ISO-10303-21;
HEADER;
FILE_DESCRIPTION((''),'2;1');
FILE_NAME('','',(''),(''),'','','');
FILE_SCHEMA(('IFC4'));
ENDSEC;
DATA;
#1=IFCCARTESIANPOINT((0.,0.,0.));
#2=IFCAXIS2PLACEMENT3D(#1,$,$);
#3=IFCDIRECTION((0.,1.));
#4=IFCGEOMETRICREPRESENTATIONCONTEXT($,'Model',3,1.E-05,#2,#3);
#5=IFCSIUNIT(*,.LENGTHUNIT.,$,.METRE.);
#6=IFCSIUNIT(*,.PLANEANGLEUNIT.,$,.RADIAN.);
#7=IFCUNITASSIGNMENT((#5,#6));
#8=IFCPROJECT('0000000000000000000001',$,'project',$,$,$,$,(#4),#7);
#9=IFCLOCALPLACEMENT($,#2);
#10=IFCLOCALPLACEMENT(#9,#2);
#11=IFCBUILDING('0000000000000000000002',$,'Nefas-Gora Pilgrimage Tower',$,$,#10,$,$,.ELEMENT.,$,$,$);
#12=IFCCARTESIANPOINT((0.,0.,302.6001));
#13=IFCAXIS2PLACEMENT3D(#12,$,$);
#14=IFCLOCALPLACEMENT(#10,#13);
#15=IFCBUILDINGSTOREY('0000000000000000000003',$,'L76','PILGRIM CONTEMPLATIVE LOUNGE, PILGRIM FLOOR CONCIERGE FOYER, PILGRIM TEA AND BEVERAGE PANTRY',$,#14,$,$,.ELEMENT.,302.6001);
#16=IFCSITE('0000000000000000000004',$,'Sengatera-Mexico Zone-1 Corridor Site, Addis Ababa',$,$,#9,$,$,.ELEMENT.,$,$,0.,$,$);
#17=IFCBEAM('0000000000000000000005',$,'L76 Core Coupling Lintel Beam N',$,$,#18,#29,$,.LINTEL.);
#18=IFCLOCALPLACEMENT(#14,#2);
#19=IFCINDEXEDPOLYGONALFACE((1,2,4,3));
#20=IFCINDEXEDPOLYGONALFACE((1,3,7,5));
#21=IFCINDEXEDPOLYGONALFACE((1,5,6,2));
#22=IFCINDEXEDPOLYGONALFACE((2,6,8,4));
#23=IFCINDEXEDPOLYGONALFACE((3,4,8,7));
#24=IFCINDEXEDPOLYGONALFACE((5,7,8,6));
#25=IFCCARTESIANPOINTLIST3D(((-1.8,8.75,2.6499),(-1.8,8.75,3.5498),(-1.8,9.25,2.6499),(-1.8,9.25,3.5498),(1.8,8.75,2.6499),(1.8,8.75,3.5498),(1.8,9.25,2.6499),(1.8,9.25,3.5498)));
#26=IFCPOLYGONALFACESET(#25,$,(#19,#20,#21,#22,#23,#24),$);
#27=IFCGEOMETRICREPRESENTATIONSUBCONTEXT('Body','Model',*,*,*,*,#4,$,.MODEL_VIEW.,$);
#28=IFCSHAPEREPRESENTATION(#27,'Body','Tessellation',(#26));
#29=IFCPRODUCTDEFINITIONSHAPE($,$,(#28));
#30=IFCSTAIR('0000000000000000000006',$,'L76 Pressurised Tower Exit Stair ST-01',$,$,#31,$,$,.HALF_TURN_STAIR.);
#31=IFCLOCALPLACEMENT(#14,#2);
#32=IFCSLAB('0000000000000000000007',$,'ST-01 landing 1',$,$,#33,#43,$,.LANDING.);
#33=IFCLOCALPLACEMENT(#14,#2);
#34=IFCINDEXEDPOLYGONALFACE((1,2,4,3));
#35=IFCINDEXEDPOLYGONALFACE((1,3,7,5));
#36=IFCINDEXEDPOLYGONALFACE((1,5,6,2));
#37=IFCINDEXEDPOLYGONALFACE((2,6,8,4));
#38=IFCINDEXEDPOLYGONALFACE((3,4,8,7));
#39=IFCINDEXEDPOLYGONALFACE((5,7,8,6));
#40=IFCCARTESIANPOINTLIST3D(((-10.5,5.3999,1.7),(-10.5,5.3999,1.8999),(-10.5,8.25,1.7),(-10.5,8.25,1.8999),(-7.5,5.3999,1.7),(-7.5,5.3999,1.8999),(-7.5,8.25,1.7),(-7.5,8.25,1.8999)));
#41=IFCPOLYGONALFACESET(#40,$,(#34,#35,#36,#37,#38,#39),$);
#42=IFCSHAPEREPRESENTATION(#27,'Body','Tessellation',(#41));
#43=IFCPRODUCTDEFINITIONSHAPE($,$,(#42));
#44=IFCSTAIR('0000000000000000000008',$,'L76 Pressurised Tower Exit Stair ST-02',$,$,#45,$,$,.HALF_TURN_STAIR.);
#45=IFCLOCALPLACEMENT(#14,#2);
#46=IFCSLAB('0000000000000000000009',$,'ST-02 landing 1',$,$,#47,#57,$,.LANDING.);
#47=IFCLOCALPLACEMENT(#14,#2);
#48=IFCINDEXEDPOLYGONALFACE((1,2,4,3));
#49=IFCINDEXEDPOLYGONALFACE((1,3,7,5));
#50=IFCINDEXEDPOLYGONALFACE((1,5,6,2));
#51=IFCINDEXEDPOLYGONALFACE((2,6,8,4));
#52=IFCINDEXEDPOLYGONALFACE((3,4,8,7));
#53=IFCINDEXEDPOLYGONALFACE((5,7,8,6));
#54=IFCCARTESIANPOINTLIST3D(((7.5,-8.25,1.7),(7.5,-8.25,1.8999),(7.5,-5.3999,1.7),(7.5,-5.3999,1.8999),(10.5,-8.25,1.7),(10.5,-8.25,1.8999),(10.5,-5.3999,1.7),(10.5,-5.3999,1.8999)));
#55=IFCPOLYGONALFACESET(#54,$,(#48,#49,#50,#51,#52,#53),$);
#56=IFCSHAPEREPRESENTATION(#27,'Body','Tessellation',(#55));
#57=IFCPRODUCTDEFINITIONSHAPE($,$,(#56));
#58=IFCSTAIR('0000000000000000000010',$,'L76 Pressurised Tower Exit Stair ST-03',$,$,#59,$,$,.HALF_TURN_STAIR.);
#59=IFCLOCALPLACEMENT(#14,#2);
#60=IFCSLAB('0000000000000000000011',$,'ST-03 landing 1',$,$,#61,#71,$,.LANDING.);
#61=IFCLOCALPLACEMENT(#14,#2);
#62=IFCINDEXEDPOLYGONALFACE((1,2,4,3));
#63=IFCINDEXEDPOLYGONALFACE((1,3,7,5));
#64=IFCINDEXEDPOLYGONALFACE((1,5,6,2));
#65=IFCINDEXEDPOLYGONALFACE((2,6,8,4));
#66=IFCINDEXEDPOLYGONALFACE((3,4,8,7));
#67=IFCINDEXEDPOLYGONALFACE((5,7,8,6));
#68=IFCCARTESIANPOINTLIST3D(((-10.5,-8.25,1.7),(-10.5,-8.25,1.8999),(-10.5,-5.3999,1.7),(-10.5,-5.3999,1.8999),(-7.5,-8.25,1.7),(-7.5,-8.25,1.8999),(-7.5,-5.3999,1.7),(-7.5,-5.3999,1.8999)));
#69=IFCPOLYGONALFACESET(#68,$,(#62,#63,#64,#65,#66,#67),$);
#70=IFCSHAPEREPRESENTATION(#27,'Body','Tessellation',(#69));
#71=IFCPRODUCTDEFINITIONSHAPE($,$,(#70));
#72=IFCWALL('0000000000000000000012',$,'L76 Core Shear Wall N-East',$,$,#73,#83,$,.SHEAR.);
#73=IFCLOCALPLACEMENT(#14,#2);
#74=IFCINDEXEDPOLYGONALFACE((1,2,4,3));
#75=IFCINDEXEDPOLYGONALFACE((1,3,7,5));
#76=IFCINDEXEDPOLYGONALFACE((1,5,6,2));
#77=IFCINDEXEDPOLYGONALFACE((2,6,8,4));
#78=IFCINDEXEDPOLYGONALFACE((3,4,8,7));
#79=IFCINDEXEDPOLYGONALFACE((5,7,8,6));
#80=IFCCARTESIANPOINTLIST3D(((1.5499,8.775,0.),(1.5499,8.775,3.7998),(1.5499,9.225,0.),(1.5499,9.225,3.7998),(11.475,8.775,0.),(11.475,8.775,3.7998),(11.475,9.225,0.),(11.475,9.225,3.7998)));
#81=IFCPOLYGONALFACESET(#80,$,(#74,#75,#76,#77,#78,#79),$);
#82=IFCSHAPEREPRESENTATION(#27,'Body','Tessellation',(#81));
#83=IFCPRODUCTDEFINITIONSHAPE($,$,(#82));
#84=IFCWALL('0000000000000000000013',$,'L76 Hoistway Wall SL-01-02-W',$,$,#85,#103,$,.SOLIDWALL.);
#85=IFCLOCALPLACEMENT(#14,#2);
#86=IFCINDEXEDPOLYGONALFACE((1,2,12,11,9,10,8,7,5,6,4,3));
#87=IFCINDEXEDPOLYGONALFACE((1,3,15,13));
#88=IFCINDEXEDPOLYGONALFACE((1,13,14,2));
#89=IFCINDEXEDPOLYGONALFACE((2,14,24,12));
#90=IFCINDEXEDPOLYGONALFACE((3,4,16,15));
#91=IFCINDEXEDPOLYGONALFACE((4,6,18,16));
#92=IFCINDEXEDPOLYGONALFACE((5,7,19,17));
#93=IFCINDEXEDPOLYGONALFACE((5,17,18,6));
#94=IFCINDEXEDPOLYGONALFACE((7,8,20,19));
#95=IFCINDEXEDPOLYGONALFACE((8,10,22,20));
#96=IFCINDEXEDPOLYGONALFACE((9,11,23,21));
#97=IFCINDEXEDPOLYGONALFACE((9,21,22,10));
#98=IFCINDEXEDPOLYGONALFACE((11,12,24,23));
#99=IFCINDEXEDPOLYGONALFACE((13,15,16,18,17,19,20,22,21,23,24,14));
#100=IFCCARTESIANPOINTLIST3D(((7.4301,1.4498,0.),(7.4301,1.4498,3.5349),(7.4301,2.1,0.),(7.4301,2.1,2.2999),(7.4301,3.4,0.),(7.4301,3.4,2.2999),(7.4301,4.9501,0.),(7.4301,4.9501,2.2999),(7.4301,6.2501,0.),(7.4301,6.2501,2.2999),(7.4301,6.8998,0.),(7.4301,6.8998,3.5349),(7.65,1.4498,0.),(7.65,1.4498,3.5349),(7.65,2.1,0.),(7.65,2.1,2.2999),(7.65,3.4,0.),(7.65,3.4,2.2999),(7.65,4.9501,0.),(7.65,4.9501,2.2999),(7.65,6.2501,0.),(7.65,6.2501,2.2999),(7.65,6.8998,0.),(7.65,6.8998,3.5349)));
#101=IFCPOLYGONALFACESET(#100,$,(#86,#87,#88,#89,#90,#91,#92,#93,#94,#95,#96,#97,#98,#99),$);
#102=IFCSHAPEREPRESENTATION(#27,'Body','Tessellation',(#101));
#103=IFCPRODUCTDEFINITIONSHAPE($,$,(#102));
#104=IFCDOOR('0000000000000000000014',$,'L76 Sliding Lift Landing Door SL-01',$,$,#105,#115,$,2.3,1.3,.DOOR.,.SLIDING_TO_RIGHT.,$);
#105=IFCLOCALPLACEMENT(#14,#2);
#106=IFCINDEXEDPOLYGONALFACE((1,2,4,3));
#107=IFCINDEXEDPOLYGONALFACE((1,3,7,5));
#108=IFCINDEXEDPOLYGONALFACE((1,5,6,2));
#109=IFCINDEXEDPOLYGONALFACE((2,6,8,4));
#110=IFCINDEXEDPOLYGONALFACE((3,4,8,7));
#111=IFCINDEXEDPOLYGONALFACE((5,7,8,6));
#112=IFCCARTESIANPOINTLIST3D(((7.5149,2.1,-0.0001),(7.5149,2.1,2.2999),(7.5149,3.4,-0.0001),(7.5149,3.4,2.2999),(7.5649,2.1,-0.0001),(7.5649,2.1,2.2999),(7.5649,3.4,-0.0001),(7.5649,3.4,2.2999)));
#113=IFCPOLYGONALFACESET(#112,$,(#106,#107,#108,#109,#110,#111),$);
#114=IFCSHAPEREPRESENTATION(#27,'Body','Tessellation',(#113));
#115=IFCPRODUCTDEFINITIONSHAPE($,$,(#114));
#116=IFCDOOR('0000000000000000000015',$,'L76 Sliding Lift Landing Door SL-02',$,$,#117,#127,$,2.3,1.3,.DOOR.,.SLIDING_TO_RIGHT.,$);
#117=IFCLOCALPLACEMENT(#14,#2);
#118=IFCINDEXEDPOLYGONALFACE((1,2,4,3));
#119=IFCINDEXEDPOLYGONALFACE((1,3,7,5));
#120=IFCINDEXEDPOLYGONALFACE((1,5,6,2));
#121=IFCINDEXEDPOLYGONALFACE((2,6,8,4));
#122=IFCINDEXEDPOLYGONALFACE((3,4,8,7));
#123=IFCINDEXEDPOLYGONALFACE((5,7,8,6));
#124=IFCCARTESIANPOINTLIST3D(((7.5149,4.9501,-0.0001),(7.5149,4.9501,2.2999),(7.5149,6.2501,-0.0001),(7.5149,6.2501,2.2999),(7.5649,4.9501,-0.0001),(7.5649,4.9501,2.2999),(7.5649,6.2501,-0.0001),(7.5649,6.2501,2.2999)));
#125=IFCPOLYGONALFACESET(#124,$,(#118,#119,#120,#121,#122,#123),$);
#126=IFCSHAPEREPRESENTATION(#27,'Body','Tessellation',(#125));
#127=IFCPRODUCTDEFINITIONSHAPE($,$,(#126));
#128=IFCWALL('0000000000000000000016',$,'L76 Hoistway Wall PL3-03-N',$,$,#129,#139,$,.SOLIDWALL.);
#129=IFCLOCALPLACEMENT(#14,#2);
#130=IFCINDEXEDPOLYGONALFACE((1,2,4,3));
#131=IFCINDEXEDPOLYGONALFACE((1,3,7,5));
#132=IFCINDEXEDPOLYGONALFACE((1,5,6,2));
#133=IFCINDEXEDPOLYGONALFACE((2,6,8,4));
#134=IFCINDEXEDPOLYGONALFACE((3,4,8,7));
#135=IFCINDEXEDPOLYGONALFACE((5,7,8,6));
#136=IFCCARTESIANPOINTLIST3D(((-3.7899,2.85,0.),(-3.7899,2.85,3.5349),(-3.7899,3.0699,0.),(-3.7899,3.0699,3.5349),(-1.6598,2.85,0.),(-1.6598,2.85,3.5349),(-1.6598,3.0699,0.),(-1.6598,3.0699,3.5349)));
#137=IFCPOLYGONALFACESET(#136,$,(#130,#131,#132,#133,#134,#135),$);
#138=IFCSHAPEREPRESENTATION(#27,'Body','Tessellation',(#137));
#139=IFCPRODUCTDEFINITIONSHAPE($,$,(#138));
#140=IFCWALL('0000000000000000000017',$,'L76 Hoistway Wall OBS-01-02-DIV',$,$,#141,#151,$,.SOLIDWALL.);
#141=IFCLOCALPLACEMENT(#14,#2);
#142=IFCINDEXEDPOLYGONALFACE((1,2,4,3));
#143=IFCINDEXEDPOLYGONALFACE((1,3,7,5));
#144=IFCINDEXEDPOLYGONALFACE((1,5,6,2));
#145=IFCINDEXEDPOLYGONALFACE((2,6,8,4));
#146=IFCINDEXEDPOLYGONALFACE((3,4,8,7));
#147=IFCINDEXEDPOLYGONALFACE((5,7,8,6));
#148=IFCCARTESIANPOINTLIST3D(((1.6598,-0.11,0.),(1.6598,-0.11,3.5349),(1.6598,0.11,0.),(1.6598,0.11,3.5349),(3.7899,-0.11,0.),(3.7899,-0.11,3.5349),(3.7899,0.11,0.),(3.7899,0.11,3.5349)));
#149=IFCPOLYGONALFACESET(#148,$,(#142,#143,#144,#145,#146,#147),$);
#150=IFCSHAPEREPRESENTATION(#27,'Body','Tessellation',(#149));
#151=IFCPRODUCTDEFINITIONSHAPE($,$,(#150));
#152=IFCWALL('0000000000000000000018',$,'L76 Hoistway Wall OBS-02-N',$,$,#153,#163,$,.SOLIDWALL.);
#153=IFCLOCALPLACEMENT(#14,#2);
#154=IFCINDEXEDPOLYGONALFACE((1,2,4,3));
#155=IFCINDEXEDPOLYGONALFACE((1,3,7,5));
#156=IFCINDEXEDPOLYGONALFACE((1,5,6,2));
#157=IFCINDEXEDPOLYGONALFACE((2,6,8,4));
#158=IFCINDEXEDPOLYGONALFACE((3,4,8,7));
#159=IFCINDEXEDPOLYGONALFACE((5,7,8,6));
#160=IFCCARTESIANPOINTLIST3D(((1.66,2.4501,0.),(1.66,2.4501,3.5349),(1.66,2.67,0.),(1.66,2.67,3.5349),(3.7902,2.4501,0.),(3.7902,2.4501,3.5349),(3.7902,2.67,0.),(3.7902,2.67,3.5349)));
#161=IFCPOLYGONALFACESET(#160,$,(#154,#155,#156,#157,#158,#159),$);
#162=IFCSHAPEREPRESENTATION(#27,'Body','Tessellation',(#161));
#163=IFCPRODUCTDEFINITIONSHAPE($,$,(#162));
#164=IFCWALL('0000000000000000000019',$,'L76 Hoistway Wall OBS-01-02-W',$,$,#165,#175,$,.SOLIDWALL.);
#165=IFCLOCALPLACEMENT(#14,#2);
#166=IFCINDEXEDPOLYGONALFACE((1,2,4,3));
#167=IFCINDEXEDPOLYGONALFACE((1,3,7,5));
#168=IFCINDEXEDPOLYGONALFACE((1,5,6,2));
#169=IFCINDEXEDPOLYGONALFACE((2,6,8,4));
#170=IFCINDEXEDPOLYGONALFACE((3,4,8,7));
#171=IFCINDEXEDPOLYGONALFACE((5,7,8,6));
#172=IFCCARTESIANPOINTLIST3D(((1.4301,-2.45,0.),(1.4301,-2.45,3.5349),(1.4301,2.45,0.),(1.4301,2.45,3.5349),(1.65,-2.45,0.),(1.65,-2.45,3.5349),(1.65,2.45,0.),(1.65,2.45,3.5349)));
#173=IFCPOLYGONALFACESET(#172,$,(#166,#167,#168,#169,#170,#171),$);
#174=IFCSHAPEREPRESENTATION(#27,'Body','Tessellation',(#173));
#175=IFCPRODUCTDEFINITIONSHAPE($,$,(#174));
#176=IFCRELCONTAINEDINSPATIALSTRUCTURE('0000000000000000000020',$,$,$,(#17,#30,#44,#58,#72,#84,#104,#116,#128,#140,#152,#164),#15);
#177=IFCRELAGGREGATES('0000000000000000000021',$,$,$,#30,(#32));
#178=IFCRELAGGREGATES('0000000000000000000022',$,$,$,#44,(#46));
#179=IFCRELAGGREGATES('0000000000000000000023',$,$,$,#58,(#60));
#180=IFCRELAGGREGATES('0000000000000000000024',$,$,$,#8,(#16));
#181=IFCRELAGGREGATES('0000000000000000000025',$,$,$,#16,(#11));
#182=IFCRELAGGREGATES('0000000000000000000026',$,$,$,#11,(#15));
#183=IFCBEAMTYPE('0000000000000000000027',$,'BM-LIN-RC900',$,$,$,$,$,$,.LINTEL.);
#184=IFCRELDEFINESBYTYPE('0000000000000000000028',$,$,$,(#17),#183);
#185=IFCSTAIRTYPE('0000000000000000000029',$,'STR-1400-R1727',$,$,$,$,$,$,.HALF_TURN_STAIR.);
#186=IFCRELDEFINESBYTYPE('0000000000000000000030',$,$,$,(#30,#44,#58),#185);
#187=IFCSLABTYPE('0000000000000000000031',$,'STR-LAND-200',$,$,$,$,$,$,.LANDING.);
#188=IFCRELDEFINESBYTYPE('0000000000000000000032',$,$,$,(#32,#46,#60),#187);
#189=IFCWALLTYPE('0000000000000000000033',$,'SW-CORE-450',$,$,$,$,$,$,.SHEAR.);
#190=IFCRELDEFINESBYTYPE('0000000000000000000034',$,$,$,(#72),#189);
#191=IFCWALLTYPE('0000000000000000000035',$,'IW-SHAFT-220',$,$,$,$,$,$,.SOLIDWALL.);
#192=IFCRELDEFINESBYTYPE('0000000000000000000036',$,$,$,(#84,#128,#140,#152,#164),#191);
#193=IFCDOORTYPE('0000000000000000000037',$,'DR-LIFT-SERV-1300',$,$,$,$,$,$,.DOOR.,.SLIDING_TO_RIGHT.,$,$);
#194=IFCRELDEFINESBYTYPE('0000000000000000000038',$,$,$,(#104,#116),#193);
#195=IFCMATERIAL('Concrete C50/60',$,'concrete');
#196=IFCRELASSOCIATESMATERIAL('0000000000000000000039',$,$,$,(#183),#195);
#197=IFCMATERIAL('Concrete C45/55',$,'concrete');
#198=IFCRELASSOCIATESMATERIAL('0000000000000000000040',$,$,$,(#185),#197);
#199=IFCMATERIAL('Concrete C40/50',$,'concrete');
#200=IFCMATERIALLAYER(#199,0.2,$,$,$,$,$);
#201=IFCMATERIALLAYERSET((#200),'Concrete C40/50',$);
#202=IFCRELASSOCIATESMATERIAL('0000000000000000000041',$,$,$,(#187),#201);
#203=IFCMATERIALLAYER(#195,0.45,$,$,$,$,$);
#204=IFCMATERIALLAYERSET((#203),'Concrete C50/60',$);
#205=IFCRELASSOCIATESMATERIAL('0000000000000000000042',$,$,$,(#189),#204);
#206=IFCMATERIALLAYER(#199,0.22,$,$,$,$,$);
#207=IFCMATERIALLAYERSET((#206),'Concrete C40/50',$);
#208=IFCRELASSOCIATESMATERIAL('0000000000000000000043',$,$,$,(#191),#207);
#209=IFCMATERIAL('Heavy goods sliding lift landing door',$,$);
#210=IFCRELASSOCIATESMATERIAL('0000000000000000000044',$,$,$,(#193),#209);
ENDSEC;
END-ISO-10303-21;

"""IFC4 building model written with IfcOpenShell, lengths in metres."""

from ifc_helpers import new_model, si_unit, direction, frame, frame_2d, origin, origin_2d, place, context, subcontext, project, spatial, polyline, rectangle, outline, extrude, source, transform, mapped, material, layer, layer_set, material_profile, profile_set, type_object, element, fill, aggregate, save


model = new_model("IFC4")

# Units and contexts
model_context = context("Model", 3, precision=1e-05, world=origin(), true_north=direction((0.0, 1.0)))
body_context = subcontext(model_context, "Body", "Model", "MODEL_VIEW")
ifc_project = project(units=[si_unit("LENGTHUNIT", "METRE"), si_unit("PLANEANGLEUNIT", "RADIAN")], contexts=[model_context])

# Site, building, storey
site_placement = place(None, origin())
site = spatial("IfcSite", under=ifc_project, at=site_placement, Name="Sengatera-Mexico Zone-1 Corridor Site, Addis Ababa", CompositionType="ELEMENT", RefElevation=0.0)
building_placement = place(site_placement, origin())
building = spatial("IfcBuilding", under=site, at=building_placement, Name="Nefas-Gora Pilgrimage Tower", CompositionType="ELEMENT")
storey_placement = place(building_placement, frame((0.0, 0.0, 302.6001)))
storey = spatial("IfcBuildingStorey", under=building, at=storey_placement, Name="L76", Description="PILGRIM CONTEMPLATIVE LOUNGE, PILGRIM FLOOR CONCIERGE FOYER, PILGRIM TEA AND BEVERAGE PANTRY", CompositionType="ELEMENT", Elevation=302.6001)

# Beam
ifc_material_1 = material(Name="Concrete C50/60", Category="concrete")
ifc_material_profile = material_profile(ifc_material_1, rectangle(XDim=0.5, YDim=0.8999, at=origin_2d()), Name="RC 500x900")
ifc_profile_set = profile_set([ifc_material_profile], Name="Concrete C50/60")
beam_type = type_object("IfcBeamType", Name="BM-LIN-RC900", PredefinedType="LINTEL", material=ifc_profile_set)
shared_shape_1 = source(origin(), body_context, "Body", "SweptSolid", [
    extrude(rectangle(XDim=0.5, YDim=0.8999, at=origin_2d()), origin(), (0.0, 0.0, 1.0), 3.6001),
])
beam_placement = place(storey_placement, frame((-1.8, 9.0, 3.0999), z_axis=(1.0, 0.0, 0.0), x_axis=(0.0, 1.0, 0.0)))
element("IfcBeam", 1, at=beam_placement, inside=storey, type_object=beam_type, Name="L76 Core Coupling Lintel Beam N", PredefinedType="LINTEL", context=body_context, shape_type="MappedRepresentation", body=[
    mapped(shared_shape_1, transform((0.0, 0.0, 0.0), x_axis=(1.0, 0.0, 0.0), y_axis=(0.0, 1.0, 0.0), z_axis=(0.0, 0.0, 1.0), scale=1.0)),
])

# Stairs, slabs
ifc_material_2 = material(Name="Concrete C45/55", Category="concrete")
stair_type = type_object("IfcStairType", Name="STR-1400-R1727", PredefinedType="HALF_TURN_STAIR", material=ifc_material_2)
stair_1_placement = place(storey_placement, origin())
stair_1 = element("IfcStair", 2, at=stair_1_placement, inside=storey, type_object=stair_type, Name="L76 Pressurised Tower Exit Stair ST-01", PredefinedType="HALF_TURN_STAIR")
ifc_material_3 = material(Name="Concrete C40/50", Category="concrete")
ifc_layer_1 = layer(ifc_material_3, 0.2)
ifc_layer_set_1 = layer_set([ifc_layer_1], Name="Concrete C40/50")
slab_type = type_object("IfcSlabType", Name="STR-LAND-200", PredefinedType="LANDING", material=ifc_layer_set_1)
slab_1_placement = place(storey_placement, frame((0.0, 0.0, 1.7)))
slab_1 = element("IfcSlab", 3, at=slab_1_placement, type_object=slab_type, Name="ST-01 landing 1", PredefinedType="LANDING", context=body_context, shape_type="SweptSolid", body=[
    extrude(outline(polyline([(-7.5, 5.3999), (-7.5, 8.25), (-10.5, 8.25), (-10.5, 5.3999), (-7.5, 5.3999)])), origin(), (0.0, 0.0, 1.0), 0.2),
])
aggregate(stair_1, [slab_1])
stair_2_placement = place(storey_placement, origin())
stair_2 = element("IfcStair", 4, at=stair_2_placement, inside=storey, type_object=stair_type, Name="L76 Pressurised Tower Exit Stair ST-02", PredefinedType="HALF_TURN_STAIR")
slab_2_placement = place(storey_placement, frame((0.0, 0.0, 1.7)))
slab_2 = element("IfcSlab", 5, at=slab_2_placement, type_object=slab_type, Name="ST-02 landing 1", PredefinedType="LANDING", context=body_context, shape_type="SweptSolid", body=[
    extrude(outline(polyline([(7.5, -5.3999), (7.5, -8.25), (10.5, -8.25), (10.5, -5.3999), (7.5, -5.3999)])), origin(), (0.0, 0.0, 1.0), 0.2),
])
aggregate(stair_2, [slab_2])
stair_3_placement = place(storey_placement, origin())
stair_3 = element("IfcStair", 6, at=stair_3_placement, inside=storey, type_object=stair_type, Name="L76 Pressurised Tower Exit Stair ST-03", PredefinedType="HALF_TURN_STAIR")
slab_3_placement = place(storey_placement, frame((0.0, 0.0, 1.7)))
slab_3 = element("IfcSlab", 7, at=slab_3_placement, type_object=slab_type, Name="ST-03 landing 1", PredefinedType="LANDING", context=body_context, shape_type="SweptSolid", body=[
    extrude(outline(polyline([(-10.5, -5.3999), (-10.5, -8.25), (-7.5, -8.25), (-7.5, -5.3999), (-10.5, -5.3999)])), origin(), (0.0, 0.0, 1.0), 0.2),
])
aggregate(stair_3, [slab_3])

# Wall
ifc_layer_2 = layer(ifc_material_1, 0.45)
ifc_layer_set_2 = layer_set([ifc_layer_2], Name="Concrete C50/60")
wall_type_1 = type_object("IfcWallType", Name="SW-CORE-450", PredefinedType="SHEAR", material=ifc_layer_set_2)
shared_shape_2 = source(origin(), body_context, "Body", "SweptSolid", [
    extrude(rectangle(XDim=9.925, YDim=0.45, at=frame_2d((4.9624, 0.0))), origin(), (0.0, 0.0, 1.0), 3.7998),
])
wall_1_placement = place(storey_placement, frame((1.55, 9.0, 0.0), z_axis=(0.0, 0.0, 1.0), x_axis=(1.0, 0.0, 0.0)))
element("IfcWall", 8, at=wall_1_placement, inside=storey, type_object=wall_type_1, Name="L76 Core Shear Wall N-East", PredefinedType="SHEAR", context=body_context, shape_type="MappedRepresentation", body=[
    mapped(shared_shape_2, transform((0.0, 0.0, 0.0), x_axis=(1.0, 0.0, 0.0), y_axis=(0.0, 1.0, 0.0), z_axis=(0.0, 0.0, 1.0), scale=1.0)),
])

# Wall, openings, doors
ifc_layer_3 = layer(ifc_material_3, 0.22)
ifc_layer_set_3 = layer_set([ifc_layer_3], Name="Concrete C40/50")
wall_type_2 = type_object("IfcWallType", Name="IW-SHAFT-220", PredefinedType="SOLIDWALL", material=ifc_layer_set_3)
shared_shape_3 = source(origin(), body_context, "Body", "SweptSolid", [
    extrude(rectangle(XDim=5.45, YDim=0.22, at=frame_2d((2.7251, 0.0))), origin(), (0.0, 0.0, 1.0), 3.5349),
])
wall_2_placement = place(storey_placement, frame((7.54, 6.8999, 0.0), z_axis=(0.0, 0.0, 1.0), x_axis=(0.0, -1.0, 0.0)))
wall_2 = element("IfcWall", 9, at=wall_2_placement, inside=storey, type_object=wall_type_2, Name="L76 Hoistway Wall SL-01-02-W", PredefinedType="SOLIDWALL", context=body_context, shape_type="MappedRepresentation", body=[
    mapped(shared_shape_3, transform((0.0, 0.0, 0.0), x_axis=(1.0, 0.0, 0.0), y_axis=(0.0, 1.0, 0.0), z_axis=(0.0, 0.0, 1.0), scale=1.0)),
])
opening_1_placement = place(wall_2_placement, frame((3.5, 0.0, 0.0)))
opening_1 = element("IfcOpeningElement", 10, at=opening_1_placement, cuts=wall_2, PredefinedType="OPENING", context=body_context, shape_type="SweptSolid", body=[
    extrude(rectangle(XDim=1.3, YDim=2.3, at=frame_2d((0.6499, 1.1499))), frame((0.0, 0.1199, 0.0), z_axis=(0.0, -1.0, 0.0), x_axis=(1.0, 0.0, 0.0)), (0.0, 0.0, 1.0), 0.24),
])
opening_2_placement = place(wall_2_placement, frame((0.6499, 0.0, 0.0)))
opening_2 = element("IfcOpeningElement", 11, at=opening_2_placement, cuts=wall_2, PredefinedType="OPENING", context=body_context, shape_type="SweptSolid", body=[
    extrude(rectangle(XDim=1.3, YDim=2.3, at=frame_2d((0.6499, 1.1499))), frame((0.0, 0.1199, 0.0), z_axis=(0.0, -1.0, 0.0), x_axis=(1.0, 0.0, 0.0)), (0.0, 0.0, 1.0), 0.24),
])
ifc_material_4 = material(Name="Heavy goods sliding lift landing door")
door_type_1 = type_object("IfcDoorType", Name="DR-LIFT-SERV-1300", OperationType="SLIDING_TO_RIGHT", PredefinedType="DOOR", material=ifc_material_4)
shared_shape_4 = source(origin(), body_context, "Body", "SweptSolid", [
    extrude(rectangle(XDim=1.3, YDim=2.3, at=frame_2d((0.6499, 1.1499))), frame((0.0, 0.0249, 0.0), z_axis=(0.0, -1.0, 0.0), x_axis=(1.0, 0.0, 0.0)), (0.0, 0.0, 1.0), 0.05),
])
door_1_placement = place(opening_1_placement, origin())
door_1 = element("IfcDoor", 12, at=door_1_placement, inside=storey, type_object=door_type_1, Name="L76 Sliding Lift Landing Door SL-01", OperationType="SLIDING_TO_RIGHT", OverallHeight=2.3, OverallWidth=1.3, PredefinedType="DOOR", context=body_context, shape_type="MappedRepresentation", body=[
    mapped(shared_shape_4, transform((0.0, 0.0, 0.0), x_axis=(1.0, 0.0, 0.0), y_axis=(0.0, 1.0, 0.0), z_axis=(0.0, 0.0, 1.0), scale=1.0)),
])
fill(opening_1, door_1)
door_2_placement = place(opening_2_placement, origin())
door_2 = element("IfcDoor", 13, at=door_2_placement, inside=storey, type_object=door_type_1, Name="L76 Sliding Lift Landing Door SL-02", OperationType="SLIDING_TO_RIGHT", OverallHeight=2.3, OverallWidth=1.3, PredefinedType="DOOR", context=body_context, shape_type="MappedRepresentation", body=[
    mapped(shared_shape_4, transform((0.0, 0.0, 0.0), x_axis=(1.0, 0.0, 0.0), y_axis=(0.0, 1.0, 0.0), z_axis=(0.0, 0.0, 1.0), scale=1.0)),
])
fill(opening_2, door_2)

# Walls
shared_shape_5 = source(origin(), body_context, "Body", "SweptSolid", [
    extrude(rectangle(XDim=2.1301, YDim=0.22, at=frame_2d((1.0649, 0.0))), origin(), (0.0, 0.0, 1.0), 3.5349),
])
for number, where, z_axis, x_axis, name in (
    (14, (-1.6599, 2.96, 0.0), (0.0, 0.0, 1.0), (-1.0, 0.0, 0.0), "L76 Hoistway Wall PL3-03-N"),
    (15, (1.6599, 0.0, 0.0), (0.0, 0.0, 1.0), (1.0, 0.0, 0.0), "L76 Hoistway Wall OBS-01-02-DIV"),
    (16, (3.79, 2.5601, 0.0), (0.0, 0.0, 1.0), (-1.0, 0.0, 0.0), "L76 Hoistway Wall OBS-02-N"),
):
    element("IfcWall", number, at=place(storey_placement, frame(where, z_axis=z_axis, x_axis=x_axis)), inside=storey, type_object=wall_type_2, Name=name, PredefinedType="SOLIDWALL", context=body_context, shape_type="MappedRepresentation", body=[
        mapped(shared_shape_5, transform((0.0, 0.0, 0.0), x_axis=(1.0, 0.0, 0.0), y_axis=(0.0, 1.0, 0.0), z_axis=(0.0, 0.0, 1.0), scale=1.0)),
    ])
shared_shape_6 = source(origin(), body_context, "Body", "SweptSolid", [
    extrude(rectangle(XDim=4.8999, YDim=0.22, at=frame_2d((2.45, 0.0))), origin(), (0.0, 0.0, 1.0), 3.5349),
])
wall_3_placement = place(storey_placement, frame((1.54, 2.45, 0.0), z_axis=(0.0, 0.0, 1.0), x_axis=(0.0, -1.0, 0.0)))
element("IfcWall", 17, at=wall_3_placement, inside=storey, type_object=wall_type_2, Name="L76 Hoistway Wall OBS-01-02-W", PredefinedType="SOLIDWALL", context=body_context, shape_type="MappedRepresentation", body=[
    mapped(shared_shape_6, transform((0.0, 0.0, 0.0), x_axis=(1.0, 0.0, 0.0), y_axis=(0.0, 1.0, 0.0), z_axis=(0.0, 0.0, 1.0), scale=1.0)),
])

save(model, "model.ifc")
